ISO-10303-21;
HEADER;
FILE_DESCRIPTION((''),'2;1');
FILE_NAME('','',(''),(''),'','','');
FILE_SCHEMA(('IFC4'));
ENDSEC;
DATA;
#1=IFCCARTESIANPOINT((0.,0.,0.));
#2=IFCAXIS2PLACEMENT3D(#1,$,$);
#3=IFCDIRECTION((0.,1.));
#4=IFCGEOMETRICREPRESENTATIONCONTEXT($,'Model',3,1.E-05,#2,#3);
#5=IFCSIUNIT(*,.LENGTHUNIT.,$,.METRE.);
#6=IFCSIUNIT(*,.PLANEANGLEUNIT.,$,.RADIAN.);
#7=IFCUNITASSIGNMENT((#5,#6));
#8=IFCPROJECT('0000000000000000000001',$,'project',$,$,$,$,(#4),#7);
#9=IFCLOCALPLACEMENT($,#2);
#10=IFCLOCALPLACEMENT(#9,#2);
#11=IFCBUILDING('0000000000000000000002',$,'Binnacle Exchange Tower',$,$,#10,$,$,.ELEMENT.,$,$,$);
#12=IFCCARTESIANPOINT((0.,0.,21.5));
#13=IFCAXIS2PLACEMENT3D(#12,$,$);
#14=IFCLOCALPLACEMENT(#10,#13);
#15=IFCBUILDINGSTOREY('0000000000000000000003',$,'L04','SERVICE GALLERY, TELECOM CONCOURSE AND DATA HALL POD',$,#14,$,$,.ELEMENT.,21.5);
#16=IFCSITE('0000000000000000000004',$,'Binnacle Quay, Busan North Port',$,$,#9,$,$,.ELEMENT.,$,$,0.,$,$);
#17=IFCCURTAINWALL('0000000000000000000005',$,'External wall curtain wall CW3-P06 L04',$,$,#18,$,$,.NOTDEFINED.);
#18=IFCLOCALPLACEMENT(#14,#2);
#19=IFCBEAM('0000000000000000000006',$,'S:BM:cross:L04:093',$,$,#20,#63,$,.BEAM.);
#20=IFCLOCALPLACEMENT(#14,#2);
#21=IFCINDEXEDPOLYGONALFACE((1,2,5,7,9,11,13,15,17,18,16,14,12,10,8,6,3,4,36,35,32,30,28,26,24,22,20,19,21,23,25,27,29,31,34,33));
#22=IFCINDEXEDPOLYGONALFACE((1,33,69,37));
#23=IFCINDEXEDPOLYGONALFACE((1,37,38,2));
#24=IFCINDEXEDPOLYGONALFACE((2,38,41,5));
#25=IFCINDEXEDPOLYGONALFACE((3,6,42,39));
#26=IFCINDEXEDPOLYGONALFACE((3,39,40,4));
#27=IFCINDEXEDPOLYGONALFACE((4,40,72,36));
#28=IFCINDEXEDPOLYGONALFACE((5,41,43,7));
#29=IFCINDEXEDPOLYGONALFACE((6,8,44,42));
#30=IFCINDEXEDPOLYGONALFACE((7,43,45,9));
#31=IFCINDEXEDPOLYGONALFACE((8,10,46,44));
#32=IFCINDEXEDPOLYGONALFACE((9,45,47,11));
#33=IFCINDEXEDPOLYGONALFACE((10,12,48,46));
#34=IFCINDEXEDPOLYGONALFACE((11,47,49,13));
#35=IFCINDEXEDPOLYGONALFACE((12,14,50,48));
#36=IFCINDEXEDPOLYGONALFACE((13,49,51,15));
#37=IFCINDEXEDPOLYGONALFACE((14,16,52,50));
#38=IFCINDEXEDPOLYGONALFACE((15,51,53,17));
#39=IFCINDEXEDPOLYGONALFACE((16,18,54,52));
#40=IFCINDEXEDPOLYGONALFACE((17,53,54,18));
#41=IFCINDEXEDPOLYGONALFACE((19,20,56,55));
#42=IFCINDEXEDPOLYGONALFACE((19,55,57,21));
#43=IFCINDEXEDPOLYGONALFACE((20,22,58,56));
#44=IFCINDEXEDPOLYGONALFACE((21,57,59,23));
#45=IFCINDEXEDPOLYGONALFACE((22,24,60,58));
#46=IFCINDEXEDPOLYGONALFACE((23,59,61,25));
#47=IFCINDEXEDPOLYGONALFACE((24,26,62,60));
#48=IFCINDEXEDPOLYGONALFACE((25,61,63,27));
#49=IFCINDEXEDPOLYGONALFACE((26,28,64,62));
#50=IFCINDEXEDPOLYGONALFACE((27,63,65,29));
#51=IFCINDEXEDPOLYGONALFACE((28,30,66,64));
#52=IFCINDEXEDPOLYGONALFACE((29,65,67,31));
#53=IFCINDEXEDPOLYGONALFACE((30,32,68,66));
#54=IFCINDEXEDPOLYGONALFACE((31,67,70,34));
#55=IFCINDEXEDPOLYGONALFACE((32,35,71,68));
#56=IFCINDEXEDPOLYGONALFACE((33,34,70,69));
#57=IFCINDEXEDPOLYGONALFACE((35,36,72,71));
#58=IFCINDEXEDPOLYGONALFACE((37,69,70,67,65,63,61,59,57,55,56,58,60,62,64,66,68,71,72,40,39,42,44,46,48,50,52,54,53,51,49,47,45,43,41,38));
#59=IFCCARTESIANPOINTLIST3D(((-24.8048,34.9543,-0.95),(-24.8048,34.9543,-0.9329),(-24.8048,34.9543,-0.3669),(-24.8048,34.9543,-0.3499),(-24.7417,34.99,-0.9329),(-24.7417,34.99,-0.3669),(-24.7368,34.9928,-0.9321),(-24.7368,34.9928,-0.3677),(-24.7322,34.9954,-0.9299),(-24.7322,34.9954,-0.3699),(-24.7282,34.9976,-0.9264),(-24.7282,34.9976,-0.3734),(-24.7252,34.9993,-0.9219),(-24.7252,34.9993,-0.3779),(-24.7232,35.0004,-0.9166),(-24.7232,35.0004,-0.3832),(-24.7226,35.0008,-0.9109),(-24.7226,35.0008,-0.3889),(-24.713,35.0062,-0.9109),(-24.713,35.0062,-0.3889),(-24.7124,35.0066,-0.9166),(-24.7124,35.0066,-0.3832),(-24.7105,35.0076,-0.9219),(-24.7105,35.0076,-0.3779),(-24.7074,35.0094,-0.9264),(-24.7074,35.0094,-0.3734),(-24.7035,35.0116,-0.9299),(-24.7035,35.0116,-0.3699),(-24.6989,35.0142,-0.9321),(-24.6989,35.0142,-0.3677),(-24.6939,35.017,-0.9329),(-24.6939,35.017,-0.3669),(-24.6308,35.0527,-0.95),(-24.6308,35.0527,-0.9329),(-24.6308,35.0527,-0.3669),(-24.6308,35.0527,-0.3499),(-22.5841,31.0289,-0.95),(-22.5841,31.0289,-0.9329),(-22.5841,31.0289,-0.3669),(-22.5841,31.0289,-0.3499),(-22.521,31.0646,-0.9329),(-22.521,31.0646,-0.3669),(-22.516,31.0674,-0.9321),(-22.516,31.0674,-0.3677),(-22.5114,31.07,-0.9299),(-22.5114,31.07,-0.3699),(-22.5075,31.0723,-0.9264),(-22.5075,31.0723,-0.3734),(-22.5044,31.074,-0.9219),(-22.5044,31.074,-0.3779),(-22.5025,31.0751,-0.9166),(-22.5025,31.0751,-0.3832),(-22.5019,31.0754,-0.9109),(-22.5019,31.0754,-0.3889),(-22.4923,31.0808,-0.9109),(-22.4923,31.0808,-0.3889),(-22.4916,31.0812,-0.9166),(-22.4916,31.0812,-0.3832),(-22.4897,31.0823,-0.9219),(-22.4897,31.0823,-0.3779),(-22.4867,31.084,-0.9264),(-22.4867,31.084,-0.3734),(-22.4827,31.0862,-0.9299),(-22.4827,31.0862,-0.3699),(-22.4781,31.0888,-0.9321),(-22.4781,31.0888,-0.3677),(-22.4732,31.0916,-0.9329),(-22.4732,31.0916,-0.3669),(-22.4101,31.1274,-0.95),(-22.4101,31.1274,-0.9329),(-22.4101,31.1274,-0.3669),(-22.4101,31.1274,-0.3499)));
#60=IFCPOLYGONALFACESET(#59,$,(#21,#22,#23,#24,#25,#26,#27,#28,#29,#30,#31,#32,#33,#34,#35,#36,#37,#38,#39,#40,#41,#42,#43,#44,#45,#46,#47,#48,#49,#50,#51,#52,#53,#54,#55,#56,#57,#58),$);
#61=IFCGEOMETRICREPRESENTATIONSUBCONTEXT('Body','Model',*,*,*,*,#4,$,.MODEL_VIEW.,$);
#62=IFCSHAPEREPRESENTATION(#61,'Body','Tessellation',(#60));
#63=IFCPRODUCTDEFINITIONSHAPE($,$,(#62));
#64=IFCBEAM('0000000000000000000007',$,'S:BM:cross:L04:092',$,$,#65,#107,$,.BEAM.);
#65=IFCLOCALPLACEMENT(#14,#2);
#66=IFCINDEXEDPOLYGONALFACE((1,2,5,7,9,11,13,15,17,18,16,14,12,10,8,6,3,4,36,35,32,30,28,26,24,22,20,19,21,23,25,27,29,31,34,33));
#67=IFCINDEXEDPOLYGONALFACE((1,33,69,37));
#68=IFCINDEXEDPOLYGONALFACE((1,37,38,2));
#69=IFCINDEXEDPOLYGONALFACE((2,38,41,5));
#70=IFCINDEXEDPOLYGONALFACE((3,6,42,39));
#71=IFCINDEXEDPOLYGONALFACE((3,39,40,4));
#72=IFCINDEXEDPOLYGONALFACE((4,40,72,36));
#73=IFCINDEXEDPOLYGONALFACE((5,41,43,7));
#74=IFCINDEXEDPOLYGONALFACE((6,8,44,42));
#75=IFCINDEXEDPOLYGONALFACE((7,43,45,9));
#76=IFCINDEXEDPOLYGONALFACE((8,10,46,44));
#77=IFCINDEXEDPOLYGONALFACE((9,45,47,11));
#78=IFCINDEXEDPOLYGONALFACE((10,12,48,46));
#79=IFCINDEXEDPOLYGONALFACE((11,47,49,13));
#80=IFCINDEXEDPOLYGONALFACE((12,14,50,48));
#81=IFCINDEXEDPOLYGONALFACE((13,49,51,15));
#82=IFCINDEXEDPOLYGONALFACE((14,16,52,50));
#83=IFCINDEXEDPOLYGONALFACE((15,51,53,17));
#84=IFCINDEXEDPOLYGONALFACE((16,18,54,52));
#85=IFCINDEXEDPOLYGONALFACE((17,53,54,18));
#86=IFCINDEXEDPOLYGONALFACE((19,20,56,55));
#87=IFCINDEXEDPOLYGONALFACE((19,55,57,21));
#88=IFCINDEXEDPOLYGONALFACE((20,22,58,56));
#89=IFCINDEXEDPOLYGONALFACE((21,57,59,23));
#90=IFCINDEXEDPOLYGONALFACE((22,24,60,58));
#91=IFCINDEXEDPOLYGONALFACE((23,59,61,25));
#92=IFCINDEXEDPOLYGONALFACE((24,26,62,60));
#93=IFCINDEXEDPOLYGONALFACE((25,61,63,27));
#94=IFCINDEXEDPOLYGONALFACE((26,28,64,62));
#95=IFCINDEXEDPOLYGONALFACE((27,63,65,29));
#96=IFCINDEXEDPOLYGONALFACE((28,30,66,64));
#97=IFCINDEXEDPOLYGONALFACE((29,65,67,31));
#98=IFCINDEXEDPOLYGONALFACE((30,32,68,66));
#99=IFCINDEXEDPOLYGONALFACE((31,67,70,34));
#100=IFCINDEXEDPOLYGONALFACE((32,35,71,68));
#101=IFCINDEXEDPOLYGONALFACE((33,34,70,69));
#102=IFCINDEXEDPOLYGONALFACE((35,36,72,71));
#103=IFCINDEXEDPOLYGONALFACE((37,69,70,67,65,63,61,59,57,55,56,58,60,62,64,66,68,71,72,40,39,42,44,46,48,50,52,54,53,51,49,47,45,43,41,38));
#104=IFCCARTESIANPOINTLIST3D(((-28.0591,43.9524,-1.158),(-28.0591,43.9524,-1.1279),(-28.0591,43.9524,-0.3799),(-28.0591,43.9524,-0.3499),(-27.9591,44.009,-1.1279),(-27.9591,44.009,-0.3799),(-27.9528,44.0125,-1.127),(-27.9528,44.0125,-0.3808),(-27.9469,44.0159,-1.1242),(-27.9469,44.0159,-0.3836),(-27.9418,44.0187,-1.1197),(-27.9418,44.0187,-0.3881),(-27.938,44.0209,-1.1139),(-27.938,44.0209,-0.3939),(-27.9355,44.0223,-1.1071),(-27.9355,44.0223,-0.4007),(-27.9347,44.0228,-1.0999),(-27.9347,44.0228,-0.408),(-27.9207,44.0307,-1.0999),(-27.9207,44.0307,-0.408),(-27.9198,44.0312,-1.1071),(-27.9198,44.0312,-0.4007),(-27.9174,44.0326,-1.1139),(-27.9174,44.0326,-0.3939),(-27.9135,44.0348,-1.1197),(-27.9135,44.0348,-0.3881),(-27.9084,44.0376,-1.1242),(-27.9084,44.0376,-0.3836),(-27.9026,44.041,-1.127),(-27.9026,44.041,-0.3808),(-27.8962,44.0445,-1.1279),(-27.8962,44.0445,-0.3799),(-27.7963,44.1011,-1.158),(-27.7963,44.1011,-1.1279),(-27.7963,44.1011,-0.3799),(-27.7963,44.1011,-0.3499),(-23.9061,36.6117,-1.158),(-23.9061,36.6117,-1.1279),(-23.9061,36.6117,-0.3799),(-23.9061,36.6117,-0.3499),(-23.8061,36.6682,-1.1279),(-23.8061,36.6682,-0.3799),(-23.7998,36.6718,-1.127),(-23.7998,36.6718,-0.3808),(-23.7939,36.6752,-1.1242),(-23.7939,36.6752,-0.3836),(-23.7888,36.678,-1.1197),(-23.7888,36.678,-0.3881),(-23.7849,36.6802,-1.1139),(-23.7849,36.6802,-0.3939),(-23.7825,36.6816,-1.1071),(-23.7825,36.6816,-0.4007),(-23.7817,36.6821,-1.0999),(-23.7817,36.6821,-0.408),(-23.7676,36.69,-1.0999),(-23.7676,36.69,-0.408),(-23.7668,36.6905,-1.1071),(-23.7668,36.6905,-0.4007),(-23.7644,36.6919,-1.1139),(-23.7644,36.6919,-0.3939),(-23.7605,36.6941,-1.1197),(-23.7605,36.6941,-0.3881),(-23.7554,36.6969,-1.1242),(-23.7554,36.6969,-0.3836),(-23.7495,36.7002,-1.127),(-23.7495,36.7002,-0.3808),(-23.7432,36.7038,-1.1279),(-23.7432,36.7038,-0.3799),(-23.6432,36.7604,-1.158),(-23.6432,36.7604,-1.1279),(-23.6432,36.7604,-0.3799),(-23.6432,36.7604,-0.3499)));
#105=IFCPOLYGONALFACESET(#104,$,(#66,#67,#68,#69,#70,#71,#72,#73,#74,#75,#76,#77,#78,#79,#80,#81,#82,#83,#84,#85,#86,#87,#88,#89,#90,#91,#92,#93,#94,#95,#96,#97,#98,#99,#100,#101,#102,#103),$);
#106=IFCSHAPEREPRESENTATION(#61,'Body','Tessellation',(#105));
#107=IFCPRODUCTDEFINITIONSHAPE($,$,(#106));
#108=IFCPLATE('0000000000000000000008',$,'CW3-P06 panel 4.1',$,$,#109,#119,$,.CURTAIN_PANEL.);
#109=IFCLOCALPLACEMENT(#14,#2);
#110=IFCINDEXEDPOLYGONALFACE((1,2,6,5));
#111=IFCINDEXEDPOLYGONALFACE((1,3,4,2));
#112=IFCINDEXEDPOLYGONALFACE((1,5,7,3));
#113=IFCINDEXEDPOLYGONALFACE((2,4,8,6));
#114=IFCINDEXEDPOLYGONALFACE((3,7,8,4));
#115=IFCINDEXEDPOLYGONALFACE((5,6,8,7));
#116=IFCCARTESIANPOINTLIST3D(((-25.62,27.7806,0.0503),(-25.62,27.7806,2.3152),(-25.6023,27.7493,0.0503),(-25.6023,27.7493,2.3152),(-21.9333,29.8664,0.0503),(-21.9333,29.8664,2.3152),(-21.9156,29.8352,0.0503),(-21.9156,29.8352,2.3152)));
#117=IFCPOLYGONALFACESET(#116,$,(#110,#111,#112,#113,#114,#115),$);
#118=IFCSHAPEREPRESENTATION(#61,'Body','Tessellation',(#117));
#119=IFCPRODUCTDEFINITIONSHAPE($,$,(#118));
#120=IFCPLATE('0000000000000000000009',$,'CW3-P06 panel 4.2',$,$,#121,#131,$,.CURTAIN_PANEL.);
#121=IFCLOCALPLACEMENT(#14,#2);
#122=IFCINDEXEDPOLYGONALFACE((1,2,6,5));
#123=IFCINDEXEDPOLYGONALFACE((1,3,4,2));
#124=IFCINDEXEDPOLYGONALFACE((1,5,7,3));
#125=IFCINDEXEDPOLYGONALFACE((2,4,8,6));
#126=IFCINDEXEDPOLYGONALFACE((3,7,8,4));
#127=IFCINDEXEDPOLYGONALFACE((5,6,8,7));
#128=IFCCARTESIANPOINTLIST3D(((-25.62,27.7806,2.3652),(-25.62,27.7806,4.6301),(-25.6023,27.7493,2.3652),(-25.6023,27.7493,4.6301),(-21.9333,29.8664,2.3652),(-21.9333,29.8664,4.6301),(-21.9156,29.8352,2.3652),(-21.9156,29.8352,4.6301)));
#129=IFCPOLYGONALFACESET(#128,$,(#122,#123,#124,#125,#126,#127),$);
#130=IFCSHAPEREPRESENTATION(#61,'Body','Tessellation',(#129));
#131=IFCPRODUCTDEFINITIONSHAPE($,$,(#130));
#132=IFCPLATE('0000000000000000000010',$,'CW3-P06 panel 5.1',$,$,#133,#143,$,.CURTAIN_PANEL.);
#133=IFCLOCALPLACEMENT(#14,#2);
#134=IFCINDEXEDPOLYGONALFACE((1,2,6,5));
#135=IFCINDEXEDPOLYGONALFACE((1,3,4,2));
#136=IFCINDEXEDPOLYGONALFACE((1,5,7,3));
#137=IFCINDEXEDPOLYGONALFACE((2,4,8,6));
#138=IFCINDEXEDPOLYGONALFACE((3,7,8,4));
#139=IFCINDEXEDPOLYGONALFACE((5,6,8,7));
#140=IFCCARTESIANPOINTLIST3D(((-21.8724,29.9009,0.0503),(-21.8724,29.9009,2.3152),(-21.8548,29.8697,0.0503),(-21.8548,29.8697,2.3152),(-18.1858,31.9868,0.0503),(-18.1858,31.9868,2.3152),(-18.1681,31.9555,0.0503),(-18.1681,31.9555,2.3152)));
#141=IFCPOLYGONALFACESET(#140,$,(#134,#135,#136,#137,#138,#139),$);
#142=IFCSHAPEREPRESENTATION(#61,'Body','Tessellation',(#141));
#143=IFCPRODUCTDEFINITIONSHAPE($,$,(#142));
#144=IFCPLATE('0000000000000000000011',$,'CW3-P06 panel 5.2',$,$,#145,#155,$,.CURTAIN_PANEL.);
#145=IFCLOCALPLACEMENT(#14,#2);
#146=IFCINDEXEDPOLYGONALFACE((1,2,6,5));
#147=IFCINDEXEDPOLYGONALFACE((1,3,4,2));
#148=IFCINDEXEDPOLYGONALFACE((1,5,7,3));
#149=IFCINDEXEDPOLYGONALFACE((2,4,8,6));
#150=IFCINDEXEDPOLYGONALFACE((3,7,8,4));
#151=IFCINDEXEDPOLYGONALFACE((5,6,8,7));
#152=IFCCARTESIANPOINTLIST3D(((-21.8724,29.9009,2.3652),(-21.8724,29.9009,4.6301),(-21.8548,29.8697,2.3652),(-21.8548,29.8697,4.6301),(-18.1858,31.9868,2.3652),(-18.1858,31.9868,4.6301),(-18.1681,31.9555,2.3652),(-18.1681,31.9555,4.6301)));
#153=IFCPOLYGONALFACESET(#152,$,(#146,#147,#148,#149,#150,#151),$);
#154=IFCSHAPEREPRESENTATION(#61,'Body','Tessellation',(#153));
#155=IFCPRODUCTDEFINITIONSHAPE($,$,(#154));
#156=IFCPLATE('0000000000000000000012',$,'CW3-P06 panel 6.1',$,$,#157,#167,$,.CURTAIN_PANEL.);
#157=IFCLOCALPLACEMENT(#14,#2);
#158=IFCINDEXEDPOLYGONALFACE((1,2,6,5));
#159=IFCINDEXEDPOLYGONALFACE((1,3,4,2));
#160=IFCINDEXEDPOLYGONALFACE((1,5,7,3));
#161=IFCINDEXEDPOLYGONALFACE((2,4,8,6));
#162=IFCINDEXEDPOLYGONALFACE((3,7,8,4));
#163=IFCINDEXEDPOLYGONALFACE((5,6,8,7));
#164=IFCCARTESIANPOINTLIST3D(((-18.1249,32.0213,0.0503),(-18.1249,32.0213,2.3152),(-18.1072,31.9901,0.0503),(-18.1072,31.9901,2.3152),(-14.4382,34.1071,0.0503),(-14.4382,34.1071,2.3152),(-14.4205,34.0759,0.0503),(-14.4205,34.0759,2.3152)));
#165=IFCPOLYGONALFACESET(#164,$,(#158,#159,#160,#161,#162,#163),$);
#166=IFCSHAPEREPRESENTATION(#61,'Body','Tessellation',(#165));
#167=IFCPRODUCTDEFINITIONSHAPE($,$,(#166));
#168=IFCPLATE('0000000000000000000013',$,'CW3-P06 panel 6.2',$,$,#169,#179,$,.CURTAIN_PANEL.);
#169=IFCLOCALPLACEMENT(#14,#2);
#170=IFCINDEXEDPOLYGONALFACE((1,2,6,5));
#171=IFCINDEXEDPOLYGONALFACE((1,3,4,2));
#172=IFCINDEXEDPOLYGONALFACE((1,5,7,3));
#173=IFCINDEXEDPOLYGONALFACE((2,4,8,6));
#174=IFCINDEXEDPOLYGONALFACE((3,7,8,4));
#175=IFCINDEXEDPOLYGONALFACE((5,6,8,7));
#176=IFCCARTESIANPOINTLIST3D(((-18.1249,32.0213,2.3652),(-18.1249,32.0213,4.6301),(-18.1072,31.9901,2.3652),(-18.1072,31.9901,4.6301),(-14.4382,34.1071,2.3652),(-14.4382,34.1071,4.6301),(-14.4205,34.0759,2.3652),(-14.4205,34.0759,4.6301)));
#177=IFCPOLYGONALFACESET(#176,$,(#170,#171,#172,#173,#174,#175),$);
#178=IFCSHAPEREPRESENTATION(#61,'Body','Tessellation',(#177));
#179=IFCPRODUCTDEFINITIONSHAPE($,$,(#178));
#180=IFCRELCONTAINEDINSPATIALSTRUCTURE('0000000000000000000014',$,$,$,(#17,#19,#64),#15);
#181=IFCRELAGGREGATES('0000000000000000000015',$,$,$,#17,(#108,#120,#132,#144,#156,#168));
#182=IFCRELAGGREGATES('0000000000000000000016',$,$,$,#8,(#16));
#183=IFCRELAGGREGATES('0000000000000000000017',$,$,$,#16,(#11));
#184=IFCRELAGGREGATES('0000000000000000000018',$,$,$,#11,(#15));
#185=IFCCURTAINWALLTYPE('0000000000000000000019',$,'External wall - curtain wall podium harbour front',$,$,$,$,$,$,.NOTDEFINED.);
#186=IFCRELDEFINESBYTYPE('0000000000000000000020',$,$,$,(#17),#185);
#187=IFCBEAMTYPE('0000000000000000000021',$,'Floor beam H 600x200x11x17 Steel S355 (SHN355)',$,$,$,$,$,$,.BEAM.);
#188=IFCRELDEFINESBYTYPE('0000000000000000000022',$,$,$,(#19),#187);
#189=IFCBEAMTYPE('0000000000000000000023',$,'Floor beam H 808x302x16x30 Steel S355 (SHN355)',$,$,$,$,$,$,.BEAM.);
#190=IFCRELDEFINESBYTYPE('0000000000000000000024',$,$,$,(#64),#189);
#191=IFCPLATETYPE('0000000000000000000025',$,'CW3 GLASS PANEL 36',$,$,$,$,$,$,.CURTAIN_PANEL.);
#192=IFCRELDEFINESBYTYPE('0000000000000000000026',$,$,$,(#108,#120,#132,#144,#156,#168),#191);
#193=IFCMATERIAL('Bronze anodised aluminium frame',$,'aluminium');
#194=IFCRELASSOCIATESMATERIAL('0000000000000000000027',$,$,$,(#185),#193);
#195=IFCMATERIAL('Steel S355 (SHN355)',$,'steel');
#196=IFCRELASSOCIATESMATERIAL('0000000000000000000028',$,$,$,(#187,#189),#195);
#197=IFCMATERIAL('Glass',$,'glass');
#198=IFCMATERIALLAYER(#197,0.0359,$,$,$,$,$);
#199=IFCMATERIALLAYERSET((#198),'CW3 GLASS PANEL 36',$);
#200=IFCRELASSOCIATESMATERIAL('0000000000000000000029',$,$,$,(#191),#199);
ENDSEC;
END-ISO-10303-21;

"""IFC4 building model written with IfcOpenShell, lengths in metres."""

from ifc_helpers import new_model, si_unit, direction, frame, origin, origin_2d, place, context, subcontext, project, spatial, rectangle, i_section, extrude, material, layer, layer_set, material_profile, profile_set, type_object, element, aggregate, save


model = new_model("IFC4")

# Units and contexts
model_context = context("Model", 3, precision=1e-05, world=origin(), true_north=direction((0.0, 1.0)))
body_context = subcontext(model_context, "Body", "Model", "MODEL_VIEW")
ifc_project = project(units=[si_unit("LENGTHUNIT", "METRE"), si_unit("PLANEANGLEUNIT", "RADIAN")], contexts=[model_context])

# Site, building, storey
site_placement = place(None, origin())
site = spatial("IfcSite", under=ifc_project, at=site_placement, Name="Binnacle Quay, Busan North Port", CompositionType="ELEMENT", RefElevation=0.0)
building_placement = place(site_placement, origin())
building = spatial("IfcBuilding", under=site, at=building_placement, Name="Binnacle Exchange Tower", CompositionType="ELEMENT")
storey_placement = place(building_placement, frame((0.0, 0.0, 21.5)))
storey = spatial("IfcBuildingStorey", under=building, at=storey_placement, Name="L04", Description="SERVICE GALLERY, TELECOM CONCOURSE AND DATA HALL POD", CompositionType="ELEMENT", Elevation=21.5)

# Curtain wall
ifc_material_1 = material(Name="Bronze anodised aluminium frame", Category="aluminium")
curtain_wall_type = type_object("IfcCurtainWallType", Name="External wall - curtain wall podium harbour front", PredefinedType="NOTDEFINED", material=ifc_material_1)
curtain_wall_placement = place(storey_placement, origin())
curtain_wall = element("IfcCurtainWall", 1, at=curtain_wall_placement, inside=storey, type_object=curtain_wall_type, Name="External wall curtain wall CW3-P06 L04", PredefinedType="NOTDEFINED")

# Beams
ifc_material_2 = material(Name="Steel S355 (SHN355)", Category="steel")
ifc_material_profile_1 = material_profile(ifc_material_2, i_section(OverallWidth=0.2, OverallDepth=0.6001, WebThickness=0.011, FlangeThickness=0.0171, FilletRadius=0.022, at=origin_2d()), Name="H 600x200x11x17")
ifc_profile_set_1 = profile_set([ifc_material_profile_1], Name="Steel S355 (SHN355)")
beam_type_1 = type_object("IfcBeamType", Name="Floor beam H 600x200x11x17 Steel S355 (SHN355)", PredefinedType="BEAM", material=ifc_profile_set_1)
beam_1_placement = place(storey_placement, frame((-22.4971, 31.0781, -0.6499), z_axis=(-0.492403, 0.870367, 0.0), x_axis=(-0.870367, -0.492403, 0.0)))
element("IfcBeam", 2, at=beam_1_placement, inside=storey, type_object=beam_type_1, Name="S:BM:cross:L04:093", PredefinedType="BEAM", context=body_context, shape_type="SweptSolid", body=[
    extrude(i_section(OverallWidth=0.2, OverallDepth=0.6001, WebThickness=0.011, FlangeThickness=0.0171, FilletRadius=0.022, at=origin_2d()), origin(), (0.0, 0.0, 1.0), 4.51),
])
ifc_material_profile_2 = material_profile(ifc_material_2, i_section(OverallWidth=0.302, OverallDepth=0.8081, WebThickness=0.0161, FlangeThickness=0.03, FilletRadius=0.0281, at=origin_2d()), Name="H 808x302x16x30")
ifc_profile_set_2 = profile_set([ifc_material_profile_2], Name="Steel S355 (SHN355)")
beam_type_2 = type_object("IfcBeamType", Name="Floor beam H 808x302x16x30 Steel S355 (SHN355)", PredefinedType="BEAM", material=ifc_profile_set_2)
beam_2_placement = place(storey_placement, frame((-23.7747, 36.686, -0.7539), z_axis=(-0.492409, 0.870364, 0.0), x_axis=(-0.870364, -0.492409, 0.0)))
element("IfcBeam", 3, at=beam_2_placement, inside=storey, type_object=beam_type_2, Name="S:BM:cross:L04:092", PredefinedType="BEAM", context=body_context, shape_type="SweptSolid", body=[
    extrude(i_section(OverallWidth=0.302, OverallDepth=0.8081, WebThickness=0.0161, FlangeThickness=0.03, FilletRadius=0.0281, at=origin_2d()), origin(), (0.0, 0.0, 1.0), 8.4341),
])

# Plates
ifc_material_3 = material(Name="Glass", Category="glass")
ifc_layer_1 = layer(ifc_material_3, 0.0359)
ifc_layer_set_1 = layer_set([ifc_layer_1], Name="CW3 GLASS PANEL 36")
plate_type = type_object("IfcPlateType", Name="CW3 GLASS PANEL 36", PredefinedType="CURTAIN_PANEL", material=ifc_layer_set_1)
plate_1_placement = place(storey_placement, frame((-23.7678, 28.8079, 0.0503), z_axis=(0.0, 0.0, 1.0), x_axis=(0.870356, 0.492424, 0.0)))
plate_1 = element("IfcPlate", 4, at=plate_1_placement, type_object=plate_type, Name="CW3-P06 panel 4.1", PredefinedType="CURTAIN_PANEL", context=body_context, shape_type="SweptSolid", body=[
    extrude(rectangle(XDim=4.2358, YDim=0.0359, at=origin_2d()), origin(), (0.0, 0.0, 1.0), 2.2649),
])
plate_2_placement = place(storey_placement, frame((-23.7678, 28.8079, 2.3652), z_axis=(0.0, 0.0, 1.0), x_axis=(0.870356, 0.492424, 0.0)))
plate_2 = element("IfcPlate", 5, at=plate_2_placement, type_object=plate_type, Name="CW3-P06 panel 4.2", PredefinedType="CURTAIN_PANEL", context=body_context, shape_type="SweptSolid", body=[
    extrude(rectangle(XDim=4.2358, YDim=0.0359, at=origin_2d()), origin(), (0.0, 0.0, 1.0), 2.2649),
])
plate_3_placement = place(storey_placement, frame((-20.0203, 30.9282, 0.0503), z_axis=(0.0, 0.0, 1.0), x_axis=(0.870356, 0.492424, 0.0)))
plate_3 = element("IfcPlate", 6, at=plate_3_placement, type_object=plate_type, Name="CW3-P06 panel 5.1", PredefinedType="CURTAIN_PANEL", context=body_context, shape_type="SweptSolid", body=[
    extrude(rectangle(XDim=4.2358, YDim=0.0359, at=origin_2d()), origin(), (0.0, 0.0, 1.0), 2.2649),
])
plate_4_placement = place(storey_placement, frame((-20.0203, 30.9282, 2.3652), z_axis=(0.0, 0.0, 1.0), x_axis=(0.870356, 0.492424, 0.0)))
plate_4 = element("IfcPlate", 7, at=plate_4_placement, type_object=plate_type, Name="CW3-P06 panel 5.2", PredefinedType="CURTAIN_PANEL", context=body_context, shape_type="SweptSolid", body=[
    extrude(rectangle(XDim=4.2358, YDim=0.0359, at=origin_2d()), origin(), (0.0, 0.0, 1.0), 2.2649),
])
plate_5_placement = place(storey_placement, frame((-16.2727, 33.0486, 0.0503), z_axis=(0.0, 0.0, 1.0), x_axis=(0.870356, 0.492424, 0.0)))
plate_5 = element("IfcPlate", 8, at=plate_5_placement, type_object=plate_type, Name="CW3-P06 panel 6.1", PredefinedType="CURTAIN_PANEL", context=body_context, shape_type="SweptSolid", body=[
    extrude(rectangle(XDim=4.2358, YDim=0.0359, at=origin_2d()), origin(), (0.0, 0.0, 1.0), 2.2649),
])
plate_6_placement = place(storey_placement, frame((-16.2727, 33.0486, 2.3652), z_axis=(0.0, 0.0, 1.0), x_axis=(0.870356, 0.492424, 0.0)))
plate_6 = element("IfcPlate", 9, at=plate_6_placement, type_object=plate_type, Name="CW3-P06 panel 6.2", PredefinedType="CURTAIN_PANEL", context=body_context, shape_type="SweptSolid", body=[
    extrude(rectangle(XDim=4.2358, YDim=0.0359, at=origin_2d()), origin(), (0.0, 0.0, 1.0), 2.2649),
])
aggregate(curtain_wall, [plate_1, plate_2, plate_3, plate_4, plate_5, plate_6])

save(model, "model.ifc")
